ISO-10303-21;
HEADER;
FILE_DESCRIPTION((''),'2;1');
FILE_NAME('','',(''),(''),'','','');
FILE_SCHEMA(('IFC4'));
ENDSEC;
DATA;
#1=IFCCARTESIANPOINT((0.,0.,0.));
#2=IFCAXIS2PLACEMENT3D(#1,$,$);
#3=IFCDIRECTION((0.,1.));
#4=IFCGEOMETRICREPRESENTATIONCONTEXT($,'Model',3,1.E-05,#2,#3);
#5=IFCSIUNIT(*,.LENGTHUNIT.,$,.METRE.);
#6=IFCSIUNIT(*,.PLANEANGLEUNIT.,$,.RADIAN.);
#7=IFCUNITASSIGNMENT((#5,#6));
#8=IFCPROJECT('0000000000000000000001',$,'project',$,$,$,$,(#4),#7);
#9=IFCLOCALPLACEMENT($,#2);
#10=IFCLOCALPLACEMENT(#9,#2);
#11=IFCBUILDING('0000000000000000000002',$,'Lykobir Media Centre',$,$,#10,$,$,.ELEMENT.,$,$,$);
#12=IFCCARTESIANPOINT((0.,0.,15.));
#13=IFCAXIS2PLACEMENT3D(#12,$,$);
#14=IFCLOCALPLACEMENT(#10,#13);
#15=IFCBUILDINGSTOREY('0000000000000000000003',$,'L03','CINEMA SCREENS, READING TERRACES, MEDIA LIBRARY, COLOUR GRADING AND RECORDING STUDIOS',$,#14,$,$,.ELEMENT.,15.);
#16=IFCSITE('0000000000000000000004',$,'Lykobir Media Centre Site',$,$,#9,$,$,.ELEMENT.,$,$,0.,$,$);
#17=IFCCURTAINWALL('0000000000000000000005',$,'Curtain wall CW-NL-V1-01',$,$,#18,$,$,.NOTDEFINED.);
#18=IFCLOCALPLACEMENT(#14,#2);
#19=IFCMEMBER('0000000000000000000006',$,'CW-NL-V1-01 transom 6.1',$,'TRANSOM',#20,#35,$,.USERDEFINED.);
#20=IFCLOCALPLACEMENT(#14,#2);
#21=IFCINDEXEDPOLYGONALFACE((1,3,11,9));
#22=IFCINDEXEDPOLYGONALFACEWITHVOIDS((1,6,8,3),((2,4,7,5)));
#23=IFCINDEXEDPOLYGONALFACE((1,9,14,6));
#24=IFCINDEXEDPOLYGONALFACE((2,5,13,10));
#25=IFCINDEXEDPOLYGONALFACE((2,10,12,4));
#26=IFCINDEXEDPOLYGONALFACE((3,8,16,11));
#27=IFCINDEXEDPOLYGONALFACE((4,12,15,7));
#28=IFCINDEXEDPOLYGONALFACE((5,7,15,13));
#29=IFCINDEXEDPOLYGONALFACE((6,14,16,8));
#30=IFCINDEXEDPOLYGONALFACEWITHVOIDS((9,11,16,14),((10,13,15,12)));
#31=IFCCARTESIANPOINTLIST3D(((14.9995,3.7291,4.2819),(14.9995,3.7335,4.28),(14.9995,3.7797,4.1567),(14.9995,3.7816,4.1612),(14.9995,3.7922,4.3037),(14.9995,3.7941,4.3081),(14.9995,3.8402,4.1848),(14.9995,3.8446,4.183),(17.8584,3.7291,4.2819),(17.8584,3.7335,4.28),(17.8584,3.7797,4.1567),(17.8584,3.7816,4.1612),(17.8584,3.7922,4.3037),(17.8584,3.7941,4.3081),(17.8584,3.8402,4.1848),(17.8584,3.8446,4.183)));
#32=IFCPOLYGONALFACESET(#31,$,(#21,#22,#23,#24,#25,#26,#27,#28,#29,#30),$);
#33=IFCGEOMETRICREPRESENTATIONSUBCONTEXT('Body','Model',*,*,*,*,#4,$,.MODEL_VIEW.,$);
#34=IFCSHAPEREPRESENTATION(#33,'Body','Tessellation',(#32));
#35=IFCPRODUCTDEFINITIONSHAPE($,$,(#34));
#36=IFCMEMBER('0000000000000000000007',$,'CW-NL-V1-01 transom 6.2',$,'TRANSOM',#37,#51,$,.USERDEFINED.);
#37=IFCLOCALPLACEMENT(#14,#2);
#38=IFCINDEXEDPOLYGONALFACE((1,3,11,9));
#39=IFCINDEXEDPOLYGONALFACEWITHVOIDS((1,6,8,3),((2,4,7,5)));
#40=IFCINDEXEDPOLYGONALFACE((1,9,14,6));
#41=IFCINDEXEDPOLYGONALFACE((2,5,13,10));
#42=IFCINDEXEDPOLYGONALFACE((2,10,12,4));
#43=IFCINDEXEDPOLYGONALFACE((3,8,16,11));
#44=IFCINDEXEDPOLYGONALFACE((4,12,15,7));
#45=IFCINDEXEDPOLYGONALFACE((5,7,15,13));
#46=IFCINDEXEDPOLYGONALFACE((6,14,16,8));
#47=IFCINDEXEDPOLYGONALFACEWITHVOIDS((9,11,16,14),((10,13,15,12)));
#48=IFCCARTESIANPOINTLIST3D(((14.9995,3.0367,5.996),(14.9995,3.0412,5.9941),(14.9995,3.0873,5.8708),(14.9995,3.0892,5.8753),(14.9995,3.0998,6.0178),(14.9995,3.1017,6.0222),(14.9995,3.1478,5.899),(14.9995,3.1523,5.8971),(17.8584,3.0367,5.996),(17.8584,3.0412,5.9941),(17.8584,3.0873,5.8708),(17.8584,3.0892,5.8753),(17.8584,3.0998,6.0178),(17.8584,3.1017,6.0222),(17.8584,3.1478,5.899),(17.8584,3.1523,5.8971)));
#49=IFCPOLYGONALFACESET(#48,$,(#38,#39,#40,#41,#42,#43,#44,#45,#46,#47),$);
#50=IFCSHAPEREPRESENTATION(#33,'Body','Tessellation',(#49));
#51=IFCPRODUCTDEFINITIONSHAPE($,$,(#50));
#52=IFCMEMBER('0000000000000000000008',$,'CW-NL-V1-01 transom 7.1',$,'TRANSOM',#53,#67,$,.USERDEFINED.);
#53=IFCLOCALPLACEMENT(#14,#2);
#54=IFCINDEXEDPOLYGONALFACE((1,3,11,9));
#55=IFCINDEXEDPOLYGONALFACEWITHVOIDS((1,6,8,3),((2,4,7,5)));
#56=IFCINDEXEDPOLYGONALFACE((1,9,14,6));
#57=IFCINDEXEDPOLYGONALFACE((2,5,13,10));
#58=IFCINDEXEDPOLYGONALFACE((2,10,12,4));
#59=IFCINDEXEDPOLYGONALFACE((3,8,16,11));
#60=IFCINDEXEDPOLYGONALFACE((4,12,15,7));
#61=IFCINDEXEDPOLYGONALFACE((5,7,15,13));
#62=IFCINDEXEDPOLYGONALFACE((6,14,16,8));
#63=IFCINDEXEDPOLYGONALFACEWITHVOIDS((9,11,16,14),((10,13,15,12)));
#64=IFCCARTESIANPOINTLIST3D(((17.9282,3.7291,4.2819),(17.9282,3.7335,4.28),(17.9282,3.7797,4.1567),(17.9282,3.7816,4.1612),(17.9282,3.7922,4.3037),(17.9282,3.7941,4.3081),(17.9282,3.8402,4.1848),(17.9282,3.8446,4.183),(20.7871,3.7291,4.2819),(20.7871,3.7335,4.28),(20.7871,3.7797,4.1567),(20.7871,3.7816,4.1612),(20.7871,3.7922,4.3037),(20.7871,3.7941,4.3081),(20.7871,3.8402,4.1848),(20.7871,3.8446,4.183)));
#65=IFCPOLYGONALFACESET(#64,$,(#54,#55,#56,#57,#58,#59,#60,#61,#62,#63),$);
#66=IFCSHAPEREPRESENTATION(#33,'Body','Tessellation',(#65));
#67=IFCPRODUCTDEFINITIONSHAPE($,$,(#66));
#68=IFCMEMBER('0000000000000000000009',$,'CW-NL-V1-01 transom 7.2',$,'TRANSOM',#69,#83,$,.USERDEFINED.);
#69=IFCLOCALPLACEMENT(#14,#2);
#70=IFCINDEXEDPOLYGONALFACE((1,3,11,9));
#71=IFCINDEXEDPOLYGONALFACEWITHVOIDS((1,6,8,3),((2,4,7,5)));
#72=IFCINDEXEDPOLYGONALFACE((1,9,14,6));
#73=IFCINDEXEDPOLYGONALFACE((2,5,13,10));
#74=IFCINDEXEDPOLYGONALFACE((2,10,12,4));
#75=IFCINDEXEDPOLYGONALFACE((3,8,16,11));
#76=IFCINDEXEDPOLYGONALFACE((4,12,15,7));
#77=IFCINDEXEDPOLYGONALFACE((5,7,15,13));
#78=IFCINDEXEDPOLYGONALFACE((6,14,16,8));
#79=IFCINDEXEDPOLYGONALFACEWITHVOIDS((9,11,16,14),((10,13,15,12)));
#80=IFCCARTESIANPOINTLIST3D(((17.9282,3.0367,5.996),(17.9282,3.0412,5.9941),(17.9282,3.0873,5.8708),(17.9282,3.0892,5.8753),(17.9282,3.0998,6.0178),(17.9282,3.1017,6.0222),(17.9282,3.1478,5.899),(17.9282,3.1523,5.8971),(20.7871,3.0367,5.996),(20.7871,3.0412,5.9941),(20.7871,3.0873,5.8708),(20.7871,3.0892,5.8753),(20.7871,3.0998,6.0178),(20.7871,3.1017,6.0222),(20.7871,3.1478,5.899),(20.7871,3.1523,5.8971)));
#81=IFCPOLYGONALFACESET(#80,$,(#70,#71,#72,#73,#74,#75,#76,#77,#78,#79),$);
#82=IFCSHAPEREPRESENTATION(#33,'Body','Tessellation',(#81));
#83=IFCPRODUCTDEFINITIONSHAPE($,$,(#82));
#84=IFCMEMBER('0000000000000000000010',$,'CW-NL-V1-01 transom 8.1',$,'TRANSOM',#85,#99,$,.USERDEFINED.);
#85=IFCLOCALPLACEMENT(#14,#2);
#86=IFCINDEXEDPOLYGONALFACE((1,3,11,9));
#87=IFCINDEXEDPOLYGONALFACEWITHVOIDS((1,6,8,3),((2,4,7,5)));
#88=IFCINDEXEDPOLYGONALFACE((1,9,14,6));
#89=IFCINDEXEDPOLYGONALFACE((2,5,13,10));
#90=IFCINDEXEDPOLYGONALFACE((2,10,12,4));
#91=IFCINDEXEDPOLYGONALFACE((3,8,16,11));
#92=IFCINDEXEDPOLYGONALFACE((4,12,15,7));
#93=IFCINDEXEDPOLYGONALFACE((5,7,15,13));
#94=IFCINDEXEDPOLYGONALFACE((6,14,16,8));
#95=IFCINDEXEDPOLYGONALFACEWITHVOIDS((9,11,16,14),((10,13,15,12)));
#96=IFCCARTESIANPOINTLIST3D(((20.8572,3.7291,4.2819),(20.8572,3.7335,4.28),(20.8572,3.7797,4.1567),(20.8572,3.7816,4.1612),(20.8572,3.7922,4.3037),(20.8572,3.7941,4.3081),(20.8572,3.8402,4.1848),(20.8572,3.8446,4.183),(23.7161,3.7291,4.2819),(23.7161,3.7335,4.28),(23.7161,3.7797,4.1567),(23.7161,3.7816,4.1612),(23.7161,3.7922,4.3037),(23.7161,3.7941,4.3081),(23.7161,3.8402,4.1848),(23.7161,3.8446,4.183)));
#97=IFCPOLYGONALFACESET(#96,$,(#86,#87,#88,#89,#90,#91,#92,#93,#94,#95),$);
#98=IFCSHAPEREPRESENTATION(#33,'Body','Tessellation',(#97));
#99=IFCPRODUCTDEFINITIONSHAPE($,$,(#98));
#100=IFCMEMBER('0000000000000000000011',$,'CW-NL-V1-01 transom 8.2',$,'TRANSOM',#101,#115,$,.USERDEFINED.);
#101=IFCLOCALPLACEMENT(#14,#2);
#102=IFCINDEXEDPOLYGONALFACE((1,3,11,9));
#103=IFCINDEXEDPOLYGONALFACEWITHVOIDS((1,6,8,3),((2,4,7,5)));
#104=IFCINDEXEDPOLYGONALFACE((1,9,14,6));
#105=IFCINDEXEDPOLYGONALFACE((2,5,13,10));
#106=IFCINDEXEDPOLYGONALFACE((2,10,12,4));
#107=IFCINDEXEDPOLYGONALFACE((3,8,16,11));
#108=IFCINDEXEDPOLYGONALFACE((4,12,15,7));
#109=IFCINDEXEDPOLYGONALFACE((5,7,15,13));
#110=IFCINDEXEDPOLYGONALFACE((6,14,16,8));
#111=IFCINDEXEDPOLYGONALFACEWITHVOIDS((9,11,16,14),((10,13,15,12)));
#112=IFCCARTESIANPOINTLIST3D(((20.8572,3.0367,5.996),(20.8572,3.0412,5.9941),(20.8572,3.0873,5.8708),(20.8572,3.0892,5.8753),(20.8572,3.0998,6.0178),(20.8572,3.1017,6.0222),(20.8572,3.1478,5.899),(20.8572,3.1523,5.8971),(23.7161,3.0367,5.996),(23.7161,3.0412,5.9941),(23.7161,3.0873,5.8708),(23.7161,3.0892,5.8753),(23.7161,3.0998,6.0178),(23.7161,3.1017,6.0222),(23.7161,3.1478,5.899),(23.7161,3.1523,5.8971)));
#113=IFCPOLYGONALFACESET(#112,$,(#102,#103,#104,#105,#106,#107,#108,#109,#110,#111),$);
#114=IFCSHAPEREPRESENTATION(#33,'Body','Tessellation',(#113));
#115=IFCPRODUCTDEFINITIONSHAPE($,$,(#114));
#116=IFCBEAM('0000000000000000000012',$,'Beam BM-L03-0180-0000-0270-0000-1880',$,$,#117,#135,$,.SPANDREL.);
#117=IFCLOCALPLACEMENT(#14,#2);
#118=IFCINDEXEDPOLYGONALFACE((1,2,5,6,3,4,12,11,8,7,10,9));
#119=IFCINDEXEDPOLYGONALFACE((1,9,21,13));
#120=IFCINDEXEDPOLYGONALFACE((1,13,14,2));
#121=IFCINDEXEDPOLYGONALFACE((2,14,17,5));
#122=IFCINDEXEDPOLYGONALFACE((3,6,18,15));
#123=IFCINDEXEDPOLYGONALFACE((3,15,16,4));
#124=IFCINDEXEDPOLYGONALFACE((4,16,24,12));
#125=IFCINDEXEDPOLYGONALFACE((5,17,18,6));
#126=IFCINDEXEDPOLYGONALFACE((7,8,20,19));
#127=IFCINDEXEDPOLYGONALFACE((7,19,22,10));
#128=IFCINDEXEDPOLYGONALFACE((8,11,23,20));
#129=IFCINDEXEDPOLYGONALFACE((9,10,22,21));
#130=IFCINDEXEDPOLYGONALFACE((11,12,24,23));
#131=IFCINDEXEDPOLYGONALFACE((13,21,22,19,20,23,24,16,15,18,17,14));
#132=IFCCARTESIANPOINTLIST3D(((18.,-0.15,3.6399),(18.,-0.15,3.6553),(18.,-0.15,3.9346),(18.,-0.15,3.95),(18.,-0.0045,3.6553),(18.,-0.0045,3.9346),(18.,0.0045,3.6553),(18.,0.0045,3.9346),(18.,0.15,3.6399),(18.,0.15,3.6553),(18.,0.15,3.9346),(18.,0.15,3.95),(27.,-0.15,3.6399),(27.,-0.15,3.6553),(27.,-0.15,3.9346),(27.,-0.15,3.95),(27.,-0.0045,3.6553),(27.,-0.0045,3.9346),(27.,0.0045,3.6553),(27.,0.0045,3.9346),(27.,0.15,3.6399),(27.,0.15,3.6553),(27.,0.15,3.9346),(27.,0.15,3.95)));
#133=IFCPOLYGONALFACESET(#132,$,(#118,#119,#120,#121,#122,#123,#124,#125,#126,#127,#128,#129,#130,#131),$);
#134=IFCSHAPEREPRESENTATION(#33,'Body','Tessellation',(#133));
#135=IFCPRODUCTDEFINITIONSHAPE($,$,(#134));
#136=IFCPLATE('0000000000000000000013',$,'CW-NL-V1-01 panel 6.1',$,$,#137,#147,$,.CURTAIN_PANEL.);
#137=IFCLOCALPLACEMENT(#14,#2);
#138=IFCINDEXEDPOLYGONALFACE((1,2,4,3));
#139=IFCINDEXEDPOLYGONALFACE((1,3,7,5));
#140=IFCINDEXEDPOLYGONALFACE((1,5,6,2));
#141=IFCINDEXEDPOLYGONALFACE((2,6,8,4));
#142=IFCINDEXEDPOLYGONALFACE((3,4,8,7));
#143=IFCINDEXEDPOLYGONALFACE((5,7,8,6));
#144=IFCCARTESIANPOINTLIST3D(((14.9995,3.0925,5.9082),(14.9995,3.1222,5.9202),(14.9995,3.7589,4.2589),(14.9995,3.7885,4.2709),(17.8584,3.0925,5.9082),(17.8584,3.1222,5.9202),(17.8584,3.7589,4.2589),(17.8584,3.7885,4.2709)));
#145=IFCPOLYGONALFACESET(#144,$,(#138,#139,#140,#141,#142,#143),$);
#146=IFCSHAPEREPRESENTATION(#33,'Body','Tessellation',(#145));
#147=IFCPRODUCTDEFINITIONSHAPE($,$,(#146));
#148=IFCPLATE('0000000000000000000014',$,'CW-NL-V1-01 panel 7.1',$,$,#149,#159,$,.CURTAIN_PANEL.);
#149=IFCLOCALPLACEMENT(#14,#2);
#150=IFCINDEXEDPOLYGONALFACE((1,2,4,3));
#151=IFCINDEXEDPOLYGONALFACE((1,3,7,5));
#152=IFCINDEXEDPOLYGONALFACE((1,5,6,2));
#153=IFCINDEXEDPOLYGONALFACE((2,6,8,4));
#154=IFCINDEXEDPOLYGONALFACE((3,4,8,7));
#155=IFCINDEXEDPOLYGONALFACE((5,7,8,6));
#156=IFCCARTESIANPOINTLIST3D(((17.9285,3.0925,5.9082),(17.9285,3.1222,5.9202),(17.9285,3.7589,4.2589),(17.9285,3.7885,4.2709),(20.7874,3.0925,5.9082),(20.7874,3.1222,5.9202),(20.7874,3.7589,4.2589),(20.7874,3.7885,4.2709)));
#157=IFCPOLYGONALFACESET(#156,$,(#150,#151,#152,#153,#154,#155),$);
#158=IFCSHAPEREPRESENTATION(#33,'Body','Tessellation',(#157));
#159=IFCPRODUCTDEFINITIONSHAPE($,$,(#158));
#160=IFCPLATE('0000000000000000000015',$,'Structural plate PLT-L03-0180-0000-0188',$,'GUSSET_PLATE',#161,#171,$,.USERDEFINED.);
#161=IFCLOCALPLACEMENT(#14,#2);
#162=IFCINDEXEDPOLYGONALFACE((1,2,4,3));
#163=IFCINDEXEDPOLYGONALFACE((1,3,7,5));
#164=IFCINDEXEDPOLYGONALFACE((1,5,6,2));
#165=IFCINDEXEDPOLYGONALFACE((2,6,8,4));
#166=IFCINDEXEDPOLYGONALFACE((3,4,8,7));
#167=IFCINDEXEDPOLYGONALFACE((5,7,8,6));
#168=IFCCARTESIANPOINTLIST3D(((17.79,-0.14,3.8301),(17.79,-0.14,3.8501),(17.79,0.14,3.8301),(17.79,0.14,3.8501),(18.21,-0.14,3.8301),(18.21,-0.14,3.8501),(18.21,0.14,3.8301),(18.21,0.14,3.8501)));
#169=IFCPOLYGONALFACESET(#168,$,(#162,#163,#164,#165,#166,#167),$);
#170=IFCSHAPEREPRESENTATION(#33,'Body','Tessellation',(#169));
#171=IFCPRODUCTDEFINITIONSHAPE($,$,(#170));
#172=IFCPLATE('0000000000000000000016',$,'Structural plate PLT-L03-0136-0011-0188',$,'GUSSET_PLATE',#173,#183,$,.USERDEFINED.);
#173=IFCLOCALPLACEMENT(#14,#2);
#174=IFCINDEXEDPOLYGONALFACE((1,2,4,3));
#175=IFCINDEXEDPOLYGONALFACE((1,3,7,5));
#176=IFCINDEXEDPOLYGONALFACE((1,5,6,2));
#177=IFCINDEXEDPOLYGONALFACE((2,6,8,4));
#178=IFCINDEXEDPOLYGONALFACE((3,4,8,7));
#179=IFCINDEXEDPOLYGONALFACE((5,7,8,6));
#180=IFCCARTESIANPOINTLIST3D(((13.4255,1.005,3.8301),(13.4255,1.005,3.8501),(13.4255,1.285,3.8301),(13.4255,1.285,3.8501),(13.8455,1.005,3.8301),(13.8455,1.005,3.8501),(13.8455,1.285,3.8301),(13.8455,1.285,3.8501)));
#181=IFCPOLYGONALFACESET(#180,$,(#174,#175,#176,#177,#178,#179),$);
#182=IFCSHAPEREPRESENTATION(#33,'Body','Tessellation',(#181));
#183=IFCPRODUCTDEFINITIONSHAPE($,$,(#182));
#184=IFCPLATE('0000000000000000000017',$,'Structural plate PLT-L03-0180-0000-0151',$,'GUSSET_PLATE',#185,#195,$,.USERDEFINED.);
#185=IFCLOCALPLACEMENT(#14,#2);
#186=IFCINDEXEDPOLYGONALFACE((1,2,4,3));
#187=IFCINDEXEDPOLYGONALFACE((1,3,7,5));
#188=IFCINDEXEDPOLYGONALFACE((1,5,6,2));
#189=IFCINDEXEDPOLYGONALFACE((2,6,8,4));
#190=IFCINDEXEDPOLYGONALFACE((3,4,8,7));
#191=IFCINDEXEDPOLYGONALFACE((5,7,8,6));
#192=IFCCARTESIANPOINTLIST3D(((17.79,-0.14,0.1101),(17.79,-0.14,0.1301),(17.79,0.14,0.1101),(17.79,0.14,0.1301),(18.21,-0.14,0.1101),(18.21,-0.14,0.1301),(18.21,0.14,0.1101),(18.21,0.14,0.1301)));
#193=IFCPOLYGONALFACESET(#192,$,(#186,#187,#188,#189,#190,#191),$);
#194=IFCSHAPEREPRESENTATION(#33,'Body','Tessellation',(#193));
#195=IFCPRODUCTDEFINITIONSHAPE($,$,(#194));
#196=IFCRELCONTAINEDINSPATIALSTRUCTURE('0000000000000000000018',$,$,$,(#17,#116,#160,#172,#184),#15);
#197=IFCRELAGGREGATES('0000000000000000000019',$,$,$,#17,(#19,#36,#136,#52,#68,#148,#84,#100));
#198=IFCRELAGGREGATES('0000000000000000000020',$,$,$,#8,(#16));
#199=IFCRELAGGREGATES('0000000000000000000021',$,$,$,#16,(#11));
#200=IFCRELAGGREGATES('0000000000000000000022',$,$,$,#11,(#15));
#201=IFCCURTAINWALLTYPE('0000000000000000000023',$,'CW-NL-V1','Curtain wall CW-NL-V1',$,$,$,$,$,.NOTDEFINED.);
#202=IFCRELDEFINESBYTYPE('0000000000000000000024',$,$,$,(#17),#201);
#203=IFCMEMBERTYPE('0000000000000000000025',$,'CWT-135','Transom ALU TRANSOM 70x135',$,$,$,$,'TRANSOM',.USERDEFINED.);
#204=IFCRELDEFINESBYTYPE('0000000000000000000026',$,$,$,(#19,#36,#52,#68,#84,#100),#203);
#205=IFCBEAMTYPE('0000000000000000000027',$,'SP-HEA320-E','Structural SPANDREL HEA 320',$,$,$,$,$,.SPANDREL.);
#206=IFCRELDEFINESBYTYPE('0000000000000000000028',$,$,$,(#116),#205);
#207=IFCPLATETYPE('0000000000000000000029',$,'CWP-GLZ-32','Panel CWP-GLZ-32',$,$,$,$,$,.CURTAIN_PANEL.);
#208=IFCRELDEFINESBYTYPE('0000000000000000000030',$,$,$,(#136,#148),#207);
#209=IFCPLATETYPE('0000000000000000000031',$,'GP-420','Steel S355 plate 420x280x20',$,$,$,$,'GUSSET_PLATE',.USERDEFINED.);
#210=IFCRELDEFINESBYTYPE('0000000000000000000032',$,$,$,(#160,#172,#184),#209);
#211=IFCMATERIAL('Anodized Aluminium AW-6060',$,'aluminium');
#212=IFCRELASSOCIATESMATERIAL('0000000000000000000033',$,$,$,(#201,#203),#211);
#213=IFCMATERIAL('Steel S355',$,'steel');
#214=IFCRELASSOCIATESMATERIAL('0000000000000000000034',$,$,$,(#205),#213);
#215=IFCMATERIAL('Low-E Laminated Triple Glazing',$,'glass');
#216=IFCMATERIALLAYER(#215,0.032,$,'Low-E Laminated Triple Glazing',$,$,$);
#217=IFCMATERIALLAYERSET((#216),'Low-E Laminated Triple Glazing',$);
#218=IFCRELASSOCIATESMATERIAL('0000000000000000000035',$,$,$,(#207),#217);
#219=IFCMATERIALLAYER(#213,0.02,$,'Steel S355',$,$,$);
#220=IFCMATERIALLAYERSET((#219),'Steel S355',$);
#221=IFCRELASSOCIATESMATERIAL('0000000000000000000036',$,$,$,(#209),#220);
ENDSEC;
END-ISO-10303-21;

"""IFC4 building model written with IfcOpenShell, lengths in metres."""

from ifc_helpers import new_model, si_unit, direction, frame, origin, origin_2d, place, context, subcontext, project, spatial, rectangle, hollow_rectangle, i_section, extrude, material, layer, layer_set, material_profile, profile_set, type_object, element, aggregate, save


model = new_model("IFC4")

# Units and contexts
model_context = context("Model", 3, precision=1e-05, world=origin(), true_north=direction((0.0, 1.0)))
body_context = subcontext(model_context, "Body", "Model", "MODEL_VIEW")
ifc_project = project(units=[si_unit("LENGTHUNIT", "METRE"), si_unit("PLANEANGLEUNIT", "RADIAN")], contexts=[model_context])

# Site, building, storey
site_placement = place(None, origin())
site = spatial("IfcSite", under=ifc_project, at=site_placement, Name="Lykobir Media Centre Site", CompositionType="ELEMENT", RefElevation=0.0)
building_placement = place(site_placement, origin())
building = spatial("IfcBuilding", under=site, at=building_placement, Name="Lykobir Media Centre", CompositionType="ELEMENT")
storey_placement = place(building_placement, frame((0.0, 0.0, 15.0)))
storey = spatial("IfcBuildingStorey", under=building, at=storey_placement, Name="L03", Description="CINEMA SCREENS, READING TERRACES, MEDIA LIBRARY, COLOUR GRADING AND RECORDING STUDIOS", CompositionType="ELEMENT", Elevation=15.0)

# Shared definitions
ifc_material_1 = material(Name="Steel S355", Category="steel")

# Curtain wall, members
ifc_material_2 = material(Name="Anodized Aluminium AW-6060", Category="aluminium")
curtain_wall_type = type_object("IfcCurtainWallType", Name="CW-NL-V1", Description="Curtain wall CW-NL-V1", PredefinedType="NOTDEFINED", material=ifc_material_2)
curtain_wall_placement = place(storey_placement, origin())
curtain_wall = element("IfcCurtainWall", 1, at=curtain_wall_placement, inside=storey, type_object=curtain_wall_type, Name="Curtain wall CW-NL-V1-01", PredefinedType="NOTDEFINED")
ifc_material_profile_1 = material_profile(ifc_material_2, hollow_rectangle(XDim=0.0701, YDim=0.135, WallThickness=0.0034, at=origin_2d()), Name="ALU TRANSOM 70x135")
ifc_profile_set_1 = profile_set([ifc_material_profile_1], Name="Anodized Aluminium AW-6060")
member_type_1 = type_object("IfcMemberType", Name="CWT-135", Description="Transom ALU TRANSOM 70x135", ElementType="TRANSOM", PredefinedType="USERDEFINED", material=ifc_profile_set_1)
member_1_placement = place(storey_placement, frame((14.9995, 3.7869, 4.2324), z_axis=(1.0, 0.0, 0.0), x_axis=(0.0, 0.927184, 0.374607)))
member_1 = element("IfcMember", 2, at=member_1_placement, type_object=member_type_1, Name="CW-NL-V1-01 transom 6.1", ObjectType="TRANSOM", PredefinedType="USERDEFINED", context=body_context, shape_type="SweptSolid", body=[
    extrude(hollow_rectangle(XDim=0.0701, YDim=0.135, WallThickness=0.0034, at=origin_2d()), origin(), (0.0, 0.0, 1.0), 2.8589),
])
member_2_placement = place(storey_placement, frame((14.9995, 3.0945, 5.9465), z_axis=(1.0, 0.0, 0.0), x_axis=(0.0, 0.927184, 0.374607)))
member_2 = element("IfcMember", 3, at=member_2_placement, type_object=member_type_1, Name="CW-NL-V1-01 transom 6.2", ObjectType="TRANSOM", PredefinedType="USERDEFINED", context=body_context, shape_type="SweptSolid", body=[
    extrude(hollow_rectangle(XDim=0.0701, YDim=0.135, WallThickness=0.0034, at=origin_2d()), origin(), (0.0, 0.0, 1.0), 2.8589),
])
member_3_placement = place(storey_placement, frame((17.9282, 3.7869, 4.2324), z_axis=(1.0, 0.0, 0.0), x_axis=(0.0, 0.927184, 0.374607)))
member_3 = element("IfcMember", 4, at=member_3_placement, type_object=member_type_1, Name="CW-NL-V1-01 transom 7.1", ObjectType="TRANSOM", PredefinedType="USERDEFINED", context=body_context, shape_type="SweptSolid", body=[
    extrude(hollow_rectangle(XDim=0.0701, YDim=0.135, WallThickness=0.0034, at=origin_2d()), origin(), (0.0, 0.0, 1.0), 2.8589),
])
member_4_placement = place(storey_placement, frame((17.9282, 3.0945, 5.9465), z_axis=(1.0, 0.0, 0.0), x_axis=(0.0, 0.927184, 0.374607)))
member_4 = element("IfcMember", 5, at=member_4_placement, type_object=member_type_1, Name="CW-NL-V1-01 transom 7.2", ObjectType="TRANSOM", PredefinedType="USERDEFINED", context=body_context, shape_type="SweptSolid", body=[
    extrude(hollow_rectangle(XDim=0.0701, YDim=0.135, WallThickness=0.0034, at=origin_2d()), origin(), (0.0, 0.0, 1.0), 2.8589),
])
member_5_placement = place(storey_placement, frame((20.8572, 3.7869, 4.2324), z_axis=(1.0, 0.0, 0.0), x_axis=(0.0, 0.927184, 0.374607)))
member_5 = element("IfcMember", 6, at=member_5_placement, type_object=member_type_1, Name="CW-NL-V1-01 transom 8.1", ObjectType="TRANSOM", PredefinedType="USERDEFINED", context=body_context, shape_type="SweptSolid", body=[
    extrude(hollow_rectangle(XDim=0.0701, YDim=0.135, WallThickness=0.0034, at=origin_2d()), origin(), (0.0, 0.0, 1.0), 2.8589),
])
member_6_placement = place(storey_placement, frame((20.8572, 3.0945, 5.9465), z_axis=(1.0, 0.0, 0.0), x_axis=(0.0, 0.927184, 0.374607)))
member_6 = element("IfcMember", 7, at=member_6_placement, type_object=member_type_1, Name="CW-NL-V1-01 transom 8.2", ObjectType="TRANSOM", PredefinedType="USERDEFINED", context=body_context, shape_type="SweptSolid", body=[
    extrude(hollow_rectangle(XDim=0.0701, YDim=0.135, WallThickness=0.0034, at=origin_2d()), origin(), (0.0, 0.0, 1.0), 2.8589),
])

# Beam
ifc_material_profile_2 = material_profile(ifc_material_1, i_section(OverallWidth=0.3, OverallDepth=0.3101, WebThickness=0.009, FlangeThickness=0.0154, at=origin_2d()), Name="HEA 320")
ifc_profile_set_2 = profile_set([ifc_material_profile_2], Name="Steel S355")
beam_type = type_object("IfcBeamType", Name="SP-HEA320-E", Description="Structural SPANDREL HEA 320", PredefinedType="SPANDREL", material=ifc_profile_set_2)
beam_placement = place(storey_placement, frame((18.0, 0.0, 3.7949), z_axis=(1.0, 0.0, 0.0), x_axis=(0.0, 1.0, 0.0)))
element("IfcBeam", 8, at=beam_placement, inside=storey, type_object=beam_type, Name="Beam BM-L03-0180-0000-0270-0000-1880", PredefinedType="SPANDREL", context=body_context, shape_type="SweptSolid", body=[
    extrude(i_section(OverallWidth=0.3, OverallDepth=0.3101, WebThickness=0.009, FlangeThickness=0.0154, at=origin_2d()), origin(), (0.0, 0.0, 1.0), 9.0),
])

# Plates
ifc_material_3 = material(Name="Low-E Laminated Triple Glazing", Category="glass")
ifc_layer_1 = layer(ifc_material_3, 0.032, Name="Low-E Laminated Triple Glazing")
ifc_layer_set_1 = layer_set([ifc_layer_1], Name="Low-E Laminated Triple Glazing")
plate_type_1 = type_object("IfcPlateType", Name="CWP-GLZ-32", Description="Panel CWP-GLZ-32", PredefinedType="CURTAIN_PANEL", material=ifc_layer_set_1)
plate_1_placement = place(storey_placement, frame((16.429, 3.7737, 4.2649), z_axis=(0.0, -0.374607, 0.927184), x_axis=(1.0, 0.0, 0.0)))
plate_1 = element("IfcPlate", 9, at=plate_1_placement, type_object=plate_type_1, Name="CW-NL-V1-01 panel 6.1", PredefinedType="CURTAIN_PANEL", context=body_context, shape_type="SweptSolid", body=[
    extrude(rectangle(XDim=2.8589, YDim=0.032, at=origin_2d()), origin(), (0.0, 0.0, 1.0), 1.7788),
])
plate_2_placement = place(storey_placement, frame((19.3579, 3.7737, 4.2649), z_axis=(0.0, -0.374607, 0.927184), x_axis=(1.0, 0.0, 0.0)))
plate_2 = element("IfcPlate", 10, at=plate_2_placement, type_object=plate_type_1, Name="CW-NL-V1-01 panel 7.1", PredefinedType="CURTAIN_PANEL", context=body_context, shape_type="SweptSolid", body=[
    extrude(rectangle(XDim=2.8589, YDim=0.032, at=origin_2d()), origin(), (0.0, 0.0, 1.0), 1.7788),
])
aggregate(curtain_wall, [member_1, member_2, plate_1, member_3, member_4, plate_2, member_5, member_6])

# Plates
ifc_layer_2 = layer(ifc_material_1, 0.02, Name="Steel S355")
ifc_layer_set_2 = layer_set([ifc_layer_2], Name="Steel S355")
plate_type_2 = type_object("IfcPlateType", Name="GP-420", Description="Steel S355 plate 420x280x20", ElementType="GUSSET_PLATE", PredefinedType="USERDEFINED", material=ifc_layer_set_2)
for number, where, z_axis, x_axis, name in (
    (11, (18.0, 0.0, 3.8301), (0.0, 0.0, 1.0), (1.0, 0.0, 0.0), "Structural plate PLT-L03-0180-0000-0188"),
    (12, (13.6355, 1.145, 3.8301), (0.0, 0.0, 1.0), (1.0, 0.0, 0.0), "Structural plate PLT-L03-0136-0011-0188"),
    (13, (18.0, 0.0, 0.1101), (0.0, 0.0, 1.0), (1.0, 0.0, 0.0), "Structural plate PLT-L03-0180-0000-0151"),
):
    element("IfcPlate", number, at=place(storey_placement, frame(where, z_axis=z_axis, x_axis=x_axis)), inside=storey, type_object=plate_type_2, Name=name, ObjectType="GUSSET_PLATE", PredefinedType="USERDEFINED", context=body_context, shape_type="SweptSolid", body=[
        extrude(rectangle(XDim=0.4199, YDim=0.28, at=origin_2d()), origin(), (0.0, 0.0, 1.0), 0.02),
    ])

save(model, "model.ifc")
